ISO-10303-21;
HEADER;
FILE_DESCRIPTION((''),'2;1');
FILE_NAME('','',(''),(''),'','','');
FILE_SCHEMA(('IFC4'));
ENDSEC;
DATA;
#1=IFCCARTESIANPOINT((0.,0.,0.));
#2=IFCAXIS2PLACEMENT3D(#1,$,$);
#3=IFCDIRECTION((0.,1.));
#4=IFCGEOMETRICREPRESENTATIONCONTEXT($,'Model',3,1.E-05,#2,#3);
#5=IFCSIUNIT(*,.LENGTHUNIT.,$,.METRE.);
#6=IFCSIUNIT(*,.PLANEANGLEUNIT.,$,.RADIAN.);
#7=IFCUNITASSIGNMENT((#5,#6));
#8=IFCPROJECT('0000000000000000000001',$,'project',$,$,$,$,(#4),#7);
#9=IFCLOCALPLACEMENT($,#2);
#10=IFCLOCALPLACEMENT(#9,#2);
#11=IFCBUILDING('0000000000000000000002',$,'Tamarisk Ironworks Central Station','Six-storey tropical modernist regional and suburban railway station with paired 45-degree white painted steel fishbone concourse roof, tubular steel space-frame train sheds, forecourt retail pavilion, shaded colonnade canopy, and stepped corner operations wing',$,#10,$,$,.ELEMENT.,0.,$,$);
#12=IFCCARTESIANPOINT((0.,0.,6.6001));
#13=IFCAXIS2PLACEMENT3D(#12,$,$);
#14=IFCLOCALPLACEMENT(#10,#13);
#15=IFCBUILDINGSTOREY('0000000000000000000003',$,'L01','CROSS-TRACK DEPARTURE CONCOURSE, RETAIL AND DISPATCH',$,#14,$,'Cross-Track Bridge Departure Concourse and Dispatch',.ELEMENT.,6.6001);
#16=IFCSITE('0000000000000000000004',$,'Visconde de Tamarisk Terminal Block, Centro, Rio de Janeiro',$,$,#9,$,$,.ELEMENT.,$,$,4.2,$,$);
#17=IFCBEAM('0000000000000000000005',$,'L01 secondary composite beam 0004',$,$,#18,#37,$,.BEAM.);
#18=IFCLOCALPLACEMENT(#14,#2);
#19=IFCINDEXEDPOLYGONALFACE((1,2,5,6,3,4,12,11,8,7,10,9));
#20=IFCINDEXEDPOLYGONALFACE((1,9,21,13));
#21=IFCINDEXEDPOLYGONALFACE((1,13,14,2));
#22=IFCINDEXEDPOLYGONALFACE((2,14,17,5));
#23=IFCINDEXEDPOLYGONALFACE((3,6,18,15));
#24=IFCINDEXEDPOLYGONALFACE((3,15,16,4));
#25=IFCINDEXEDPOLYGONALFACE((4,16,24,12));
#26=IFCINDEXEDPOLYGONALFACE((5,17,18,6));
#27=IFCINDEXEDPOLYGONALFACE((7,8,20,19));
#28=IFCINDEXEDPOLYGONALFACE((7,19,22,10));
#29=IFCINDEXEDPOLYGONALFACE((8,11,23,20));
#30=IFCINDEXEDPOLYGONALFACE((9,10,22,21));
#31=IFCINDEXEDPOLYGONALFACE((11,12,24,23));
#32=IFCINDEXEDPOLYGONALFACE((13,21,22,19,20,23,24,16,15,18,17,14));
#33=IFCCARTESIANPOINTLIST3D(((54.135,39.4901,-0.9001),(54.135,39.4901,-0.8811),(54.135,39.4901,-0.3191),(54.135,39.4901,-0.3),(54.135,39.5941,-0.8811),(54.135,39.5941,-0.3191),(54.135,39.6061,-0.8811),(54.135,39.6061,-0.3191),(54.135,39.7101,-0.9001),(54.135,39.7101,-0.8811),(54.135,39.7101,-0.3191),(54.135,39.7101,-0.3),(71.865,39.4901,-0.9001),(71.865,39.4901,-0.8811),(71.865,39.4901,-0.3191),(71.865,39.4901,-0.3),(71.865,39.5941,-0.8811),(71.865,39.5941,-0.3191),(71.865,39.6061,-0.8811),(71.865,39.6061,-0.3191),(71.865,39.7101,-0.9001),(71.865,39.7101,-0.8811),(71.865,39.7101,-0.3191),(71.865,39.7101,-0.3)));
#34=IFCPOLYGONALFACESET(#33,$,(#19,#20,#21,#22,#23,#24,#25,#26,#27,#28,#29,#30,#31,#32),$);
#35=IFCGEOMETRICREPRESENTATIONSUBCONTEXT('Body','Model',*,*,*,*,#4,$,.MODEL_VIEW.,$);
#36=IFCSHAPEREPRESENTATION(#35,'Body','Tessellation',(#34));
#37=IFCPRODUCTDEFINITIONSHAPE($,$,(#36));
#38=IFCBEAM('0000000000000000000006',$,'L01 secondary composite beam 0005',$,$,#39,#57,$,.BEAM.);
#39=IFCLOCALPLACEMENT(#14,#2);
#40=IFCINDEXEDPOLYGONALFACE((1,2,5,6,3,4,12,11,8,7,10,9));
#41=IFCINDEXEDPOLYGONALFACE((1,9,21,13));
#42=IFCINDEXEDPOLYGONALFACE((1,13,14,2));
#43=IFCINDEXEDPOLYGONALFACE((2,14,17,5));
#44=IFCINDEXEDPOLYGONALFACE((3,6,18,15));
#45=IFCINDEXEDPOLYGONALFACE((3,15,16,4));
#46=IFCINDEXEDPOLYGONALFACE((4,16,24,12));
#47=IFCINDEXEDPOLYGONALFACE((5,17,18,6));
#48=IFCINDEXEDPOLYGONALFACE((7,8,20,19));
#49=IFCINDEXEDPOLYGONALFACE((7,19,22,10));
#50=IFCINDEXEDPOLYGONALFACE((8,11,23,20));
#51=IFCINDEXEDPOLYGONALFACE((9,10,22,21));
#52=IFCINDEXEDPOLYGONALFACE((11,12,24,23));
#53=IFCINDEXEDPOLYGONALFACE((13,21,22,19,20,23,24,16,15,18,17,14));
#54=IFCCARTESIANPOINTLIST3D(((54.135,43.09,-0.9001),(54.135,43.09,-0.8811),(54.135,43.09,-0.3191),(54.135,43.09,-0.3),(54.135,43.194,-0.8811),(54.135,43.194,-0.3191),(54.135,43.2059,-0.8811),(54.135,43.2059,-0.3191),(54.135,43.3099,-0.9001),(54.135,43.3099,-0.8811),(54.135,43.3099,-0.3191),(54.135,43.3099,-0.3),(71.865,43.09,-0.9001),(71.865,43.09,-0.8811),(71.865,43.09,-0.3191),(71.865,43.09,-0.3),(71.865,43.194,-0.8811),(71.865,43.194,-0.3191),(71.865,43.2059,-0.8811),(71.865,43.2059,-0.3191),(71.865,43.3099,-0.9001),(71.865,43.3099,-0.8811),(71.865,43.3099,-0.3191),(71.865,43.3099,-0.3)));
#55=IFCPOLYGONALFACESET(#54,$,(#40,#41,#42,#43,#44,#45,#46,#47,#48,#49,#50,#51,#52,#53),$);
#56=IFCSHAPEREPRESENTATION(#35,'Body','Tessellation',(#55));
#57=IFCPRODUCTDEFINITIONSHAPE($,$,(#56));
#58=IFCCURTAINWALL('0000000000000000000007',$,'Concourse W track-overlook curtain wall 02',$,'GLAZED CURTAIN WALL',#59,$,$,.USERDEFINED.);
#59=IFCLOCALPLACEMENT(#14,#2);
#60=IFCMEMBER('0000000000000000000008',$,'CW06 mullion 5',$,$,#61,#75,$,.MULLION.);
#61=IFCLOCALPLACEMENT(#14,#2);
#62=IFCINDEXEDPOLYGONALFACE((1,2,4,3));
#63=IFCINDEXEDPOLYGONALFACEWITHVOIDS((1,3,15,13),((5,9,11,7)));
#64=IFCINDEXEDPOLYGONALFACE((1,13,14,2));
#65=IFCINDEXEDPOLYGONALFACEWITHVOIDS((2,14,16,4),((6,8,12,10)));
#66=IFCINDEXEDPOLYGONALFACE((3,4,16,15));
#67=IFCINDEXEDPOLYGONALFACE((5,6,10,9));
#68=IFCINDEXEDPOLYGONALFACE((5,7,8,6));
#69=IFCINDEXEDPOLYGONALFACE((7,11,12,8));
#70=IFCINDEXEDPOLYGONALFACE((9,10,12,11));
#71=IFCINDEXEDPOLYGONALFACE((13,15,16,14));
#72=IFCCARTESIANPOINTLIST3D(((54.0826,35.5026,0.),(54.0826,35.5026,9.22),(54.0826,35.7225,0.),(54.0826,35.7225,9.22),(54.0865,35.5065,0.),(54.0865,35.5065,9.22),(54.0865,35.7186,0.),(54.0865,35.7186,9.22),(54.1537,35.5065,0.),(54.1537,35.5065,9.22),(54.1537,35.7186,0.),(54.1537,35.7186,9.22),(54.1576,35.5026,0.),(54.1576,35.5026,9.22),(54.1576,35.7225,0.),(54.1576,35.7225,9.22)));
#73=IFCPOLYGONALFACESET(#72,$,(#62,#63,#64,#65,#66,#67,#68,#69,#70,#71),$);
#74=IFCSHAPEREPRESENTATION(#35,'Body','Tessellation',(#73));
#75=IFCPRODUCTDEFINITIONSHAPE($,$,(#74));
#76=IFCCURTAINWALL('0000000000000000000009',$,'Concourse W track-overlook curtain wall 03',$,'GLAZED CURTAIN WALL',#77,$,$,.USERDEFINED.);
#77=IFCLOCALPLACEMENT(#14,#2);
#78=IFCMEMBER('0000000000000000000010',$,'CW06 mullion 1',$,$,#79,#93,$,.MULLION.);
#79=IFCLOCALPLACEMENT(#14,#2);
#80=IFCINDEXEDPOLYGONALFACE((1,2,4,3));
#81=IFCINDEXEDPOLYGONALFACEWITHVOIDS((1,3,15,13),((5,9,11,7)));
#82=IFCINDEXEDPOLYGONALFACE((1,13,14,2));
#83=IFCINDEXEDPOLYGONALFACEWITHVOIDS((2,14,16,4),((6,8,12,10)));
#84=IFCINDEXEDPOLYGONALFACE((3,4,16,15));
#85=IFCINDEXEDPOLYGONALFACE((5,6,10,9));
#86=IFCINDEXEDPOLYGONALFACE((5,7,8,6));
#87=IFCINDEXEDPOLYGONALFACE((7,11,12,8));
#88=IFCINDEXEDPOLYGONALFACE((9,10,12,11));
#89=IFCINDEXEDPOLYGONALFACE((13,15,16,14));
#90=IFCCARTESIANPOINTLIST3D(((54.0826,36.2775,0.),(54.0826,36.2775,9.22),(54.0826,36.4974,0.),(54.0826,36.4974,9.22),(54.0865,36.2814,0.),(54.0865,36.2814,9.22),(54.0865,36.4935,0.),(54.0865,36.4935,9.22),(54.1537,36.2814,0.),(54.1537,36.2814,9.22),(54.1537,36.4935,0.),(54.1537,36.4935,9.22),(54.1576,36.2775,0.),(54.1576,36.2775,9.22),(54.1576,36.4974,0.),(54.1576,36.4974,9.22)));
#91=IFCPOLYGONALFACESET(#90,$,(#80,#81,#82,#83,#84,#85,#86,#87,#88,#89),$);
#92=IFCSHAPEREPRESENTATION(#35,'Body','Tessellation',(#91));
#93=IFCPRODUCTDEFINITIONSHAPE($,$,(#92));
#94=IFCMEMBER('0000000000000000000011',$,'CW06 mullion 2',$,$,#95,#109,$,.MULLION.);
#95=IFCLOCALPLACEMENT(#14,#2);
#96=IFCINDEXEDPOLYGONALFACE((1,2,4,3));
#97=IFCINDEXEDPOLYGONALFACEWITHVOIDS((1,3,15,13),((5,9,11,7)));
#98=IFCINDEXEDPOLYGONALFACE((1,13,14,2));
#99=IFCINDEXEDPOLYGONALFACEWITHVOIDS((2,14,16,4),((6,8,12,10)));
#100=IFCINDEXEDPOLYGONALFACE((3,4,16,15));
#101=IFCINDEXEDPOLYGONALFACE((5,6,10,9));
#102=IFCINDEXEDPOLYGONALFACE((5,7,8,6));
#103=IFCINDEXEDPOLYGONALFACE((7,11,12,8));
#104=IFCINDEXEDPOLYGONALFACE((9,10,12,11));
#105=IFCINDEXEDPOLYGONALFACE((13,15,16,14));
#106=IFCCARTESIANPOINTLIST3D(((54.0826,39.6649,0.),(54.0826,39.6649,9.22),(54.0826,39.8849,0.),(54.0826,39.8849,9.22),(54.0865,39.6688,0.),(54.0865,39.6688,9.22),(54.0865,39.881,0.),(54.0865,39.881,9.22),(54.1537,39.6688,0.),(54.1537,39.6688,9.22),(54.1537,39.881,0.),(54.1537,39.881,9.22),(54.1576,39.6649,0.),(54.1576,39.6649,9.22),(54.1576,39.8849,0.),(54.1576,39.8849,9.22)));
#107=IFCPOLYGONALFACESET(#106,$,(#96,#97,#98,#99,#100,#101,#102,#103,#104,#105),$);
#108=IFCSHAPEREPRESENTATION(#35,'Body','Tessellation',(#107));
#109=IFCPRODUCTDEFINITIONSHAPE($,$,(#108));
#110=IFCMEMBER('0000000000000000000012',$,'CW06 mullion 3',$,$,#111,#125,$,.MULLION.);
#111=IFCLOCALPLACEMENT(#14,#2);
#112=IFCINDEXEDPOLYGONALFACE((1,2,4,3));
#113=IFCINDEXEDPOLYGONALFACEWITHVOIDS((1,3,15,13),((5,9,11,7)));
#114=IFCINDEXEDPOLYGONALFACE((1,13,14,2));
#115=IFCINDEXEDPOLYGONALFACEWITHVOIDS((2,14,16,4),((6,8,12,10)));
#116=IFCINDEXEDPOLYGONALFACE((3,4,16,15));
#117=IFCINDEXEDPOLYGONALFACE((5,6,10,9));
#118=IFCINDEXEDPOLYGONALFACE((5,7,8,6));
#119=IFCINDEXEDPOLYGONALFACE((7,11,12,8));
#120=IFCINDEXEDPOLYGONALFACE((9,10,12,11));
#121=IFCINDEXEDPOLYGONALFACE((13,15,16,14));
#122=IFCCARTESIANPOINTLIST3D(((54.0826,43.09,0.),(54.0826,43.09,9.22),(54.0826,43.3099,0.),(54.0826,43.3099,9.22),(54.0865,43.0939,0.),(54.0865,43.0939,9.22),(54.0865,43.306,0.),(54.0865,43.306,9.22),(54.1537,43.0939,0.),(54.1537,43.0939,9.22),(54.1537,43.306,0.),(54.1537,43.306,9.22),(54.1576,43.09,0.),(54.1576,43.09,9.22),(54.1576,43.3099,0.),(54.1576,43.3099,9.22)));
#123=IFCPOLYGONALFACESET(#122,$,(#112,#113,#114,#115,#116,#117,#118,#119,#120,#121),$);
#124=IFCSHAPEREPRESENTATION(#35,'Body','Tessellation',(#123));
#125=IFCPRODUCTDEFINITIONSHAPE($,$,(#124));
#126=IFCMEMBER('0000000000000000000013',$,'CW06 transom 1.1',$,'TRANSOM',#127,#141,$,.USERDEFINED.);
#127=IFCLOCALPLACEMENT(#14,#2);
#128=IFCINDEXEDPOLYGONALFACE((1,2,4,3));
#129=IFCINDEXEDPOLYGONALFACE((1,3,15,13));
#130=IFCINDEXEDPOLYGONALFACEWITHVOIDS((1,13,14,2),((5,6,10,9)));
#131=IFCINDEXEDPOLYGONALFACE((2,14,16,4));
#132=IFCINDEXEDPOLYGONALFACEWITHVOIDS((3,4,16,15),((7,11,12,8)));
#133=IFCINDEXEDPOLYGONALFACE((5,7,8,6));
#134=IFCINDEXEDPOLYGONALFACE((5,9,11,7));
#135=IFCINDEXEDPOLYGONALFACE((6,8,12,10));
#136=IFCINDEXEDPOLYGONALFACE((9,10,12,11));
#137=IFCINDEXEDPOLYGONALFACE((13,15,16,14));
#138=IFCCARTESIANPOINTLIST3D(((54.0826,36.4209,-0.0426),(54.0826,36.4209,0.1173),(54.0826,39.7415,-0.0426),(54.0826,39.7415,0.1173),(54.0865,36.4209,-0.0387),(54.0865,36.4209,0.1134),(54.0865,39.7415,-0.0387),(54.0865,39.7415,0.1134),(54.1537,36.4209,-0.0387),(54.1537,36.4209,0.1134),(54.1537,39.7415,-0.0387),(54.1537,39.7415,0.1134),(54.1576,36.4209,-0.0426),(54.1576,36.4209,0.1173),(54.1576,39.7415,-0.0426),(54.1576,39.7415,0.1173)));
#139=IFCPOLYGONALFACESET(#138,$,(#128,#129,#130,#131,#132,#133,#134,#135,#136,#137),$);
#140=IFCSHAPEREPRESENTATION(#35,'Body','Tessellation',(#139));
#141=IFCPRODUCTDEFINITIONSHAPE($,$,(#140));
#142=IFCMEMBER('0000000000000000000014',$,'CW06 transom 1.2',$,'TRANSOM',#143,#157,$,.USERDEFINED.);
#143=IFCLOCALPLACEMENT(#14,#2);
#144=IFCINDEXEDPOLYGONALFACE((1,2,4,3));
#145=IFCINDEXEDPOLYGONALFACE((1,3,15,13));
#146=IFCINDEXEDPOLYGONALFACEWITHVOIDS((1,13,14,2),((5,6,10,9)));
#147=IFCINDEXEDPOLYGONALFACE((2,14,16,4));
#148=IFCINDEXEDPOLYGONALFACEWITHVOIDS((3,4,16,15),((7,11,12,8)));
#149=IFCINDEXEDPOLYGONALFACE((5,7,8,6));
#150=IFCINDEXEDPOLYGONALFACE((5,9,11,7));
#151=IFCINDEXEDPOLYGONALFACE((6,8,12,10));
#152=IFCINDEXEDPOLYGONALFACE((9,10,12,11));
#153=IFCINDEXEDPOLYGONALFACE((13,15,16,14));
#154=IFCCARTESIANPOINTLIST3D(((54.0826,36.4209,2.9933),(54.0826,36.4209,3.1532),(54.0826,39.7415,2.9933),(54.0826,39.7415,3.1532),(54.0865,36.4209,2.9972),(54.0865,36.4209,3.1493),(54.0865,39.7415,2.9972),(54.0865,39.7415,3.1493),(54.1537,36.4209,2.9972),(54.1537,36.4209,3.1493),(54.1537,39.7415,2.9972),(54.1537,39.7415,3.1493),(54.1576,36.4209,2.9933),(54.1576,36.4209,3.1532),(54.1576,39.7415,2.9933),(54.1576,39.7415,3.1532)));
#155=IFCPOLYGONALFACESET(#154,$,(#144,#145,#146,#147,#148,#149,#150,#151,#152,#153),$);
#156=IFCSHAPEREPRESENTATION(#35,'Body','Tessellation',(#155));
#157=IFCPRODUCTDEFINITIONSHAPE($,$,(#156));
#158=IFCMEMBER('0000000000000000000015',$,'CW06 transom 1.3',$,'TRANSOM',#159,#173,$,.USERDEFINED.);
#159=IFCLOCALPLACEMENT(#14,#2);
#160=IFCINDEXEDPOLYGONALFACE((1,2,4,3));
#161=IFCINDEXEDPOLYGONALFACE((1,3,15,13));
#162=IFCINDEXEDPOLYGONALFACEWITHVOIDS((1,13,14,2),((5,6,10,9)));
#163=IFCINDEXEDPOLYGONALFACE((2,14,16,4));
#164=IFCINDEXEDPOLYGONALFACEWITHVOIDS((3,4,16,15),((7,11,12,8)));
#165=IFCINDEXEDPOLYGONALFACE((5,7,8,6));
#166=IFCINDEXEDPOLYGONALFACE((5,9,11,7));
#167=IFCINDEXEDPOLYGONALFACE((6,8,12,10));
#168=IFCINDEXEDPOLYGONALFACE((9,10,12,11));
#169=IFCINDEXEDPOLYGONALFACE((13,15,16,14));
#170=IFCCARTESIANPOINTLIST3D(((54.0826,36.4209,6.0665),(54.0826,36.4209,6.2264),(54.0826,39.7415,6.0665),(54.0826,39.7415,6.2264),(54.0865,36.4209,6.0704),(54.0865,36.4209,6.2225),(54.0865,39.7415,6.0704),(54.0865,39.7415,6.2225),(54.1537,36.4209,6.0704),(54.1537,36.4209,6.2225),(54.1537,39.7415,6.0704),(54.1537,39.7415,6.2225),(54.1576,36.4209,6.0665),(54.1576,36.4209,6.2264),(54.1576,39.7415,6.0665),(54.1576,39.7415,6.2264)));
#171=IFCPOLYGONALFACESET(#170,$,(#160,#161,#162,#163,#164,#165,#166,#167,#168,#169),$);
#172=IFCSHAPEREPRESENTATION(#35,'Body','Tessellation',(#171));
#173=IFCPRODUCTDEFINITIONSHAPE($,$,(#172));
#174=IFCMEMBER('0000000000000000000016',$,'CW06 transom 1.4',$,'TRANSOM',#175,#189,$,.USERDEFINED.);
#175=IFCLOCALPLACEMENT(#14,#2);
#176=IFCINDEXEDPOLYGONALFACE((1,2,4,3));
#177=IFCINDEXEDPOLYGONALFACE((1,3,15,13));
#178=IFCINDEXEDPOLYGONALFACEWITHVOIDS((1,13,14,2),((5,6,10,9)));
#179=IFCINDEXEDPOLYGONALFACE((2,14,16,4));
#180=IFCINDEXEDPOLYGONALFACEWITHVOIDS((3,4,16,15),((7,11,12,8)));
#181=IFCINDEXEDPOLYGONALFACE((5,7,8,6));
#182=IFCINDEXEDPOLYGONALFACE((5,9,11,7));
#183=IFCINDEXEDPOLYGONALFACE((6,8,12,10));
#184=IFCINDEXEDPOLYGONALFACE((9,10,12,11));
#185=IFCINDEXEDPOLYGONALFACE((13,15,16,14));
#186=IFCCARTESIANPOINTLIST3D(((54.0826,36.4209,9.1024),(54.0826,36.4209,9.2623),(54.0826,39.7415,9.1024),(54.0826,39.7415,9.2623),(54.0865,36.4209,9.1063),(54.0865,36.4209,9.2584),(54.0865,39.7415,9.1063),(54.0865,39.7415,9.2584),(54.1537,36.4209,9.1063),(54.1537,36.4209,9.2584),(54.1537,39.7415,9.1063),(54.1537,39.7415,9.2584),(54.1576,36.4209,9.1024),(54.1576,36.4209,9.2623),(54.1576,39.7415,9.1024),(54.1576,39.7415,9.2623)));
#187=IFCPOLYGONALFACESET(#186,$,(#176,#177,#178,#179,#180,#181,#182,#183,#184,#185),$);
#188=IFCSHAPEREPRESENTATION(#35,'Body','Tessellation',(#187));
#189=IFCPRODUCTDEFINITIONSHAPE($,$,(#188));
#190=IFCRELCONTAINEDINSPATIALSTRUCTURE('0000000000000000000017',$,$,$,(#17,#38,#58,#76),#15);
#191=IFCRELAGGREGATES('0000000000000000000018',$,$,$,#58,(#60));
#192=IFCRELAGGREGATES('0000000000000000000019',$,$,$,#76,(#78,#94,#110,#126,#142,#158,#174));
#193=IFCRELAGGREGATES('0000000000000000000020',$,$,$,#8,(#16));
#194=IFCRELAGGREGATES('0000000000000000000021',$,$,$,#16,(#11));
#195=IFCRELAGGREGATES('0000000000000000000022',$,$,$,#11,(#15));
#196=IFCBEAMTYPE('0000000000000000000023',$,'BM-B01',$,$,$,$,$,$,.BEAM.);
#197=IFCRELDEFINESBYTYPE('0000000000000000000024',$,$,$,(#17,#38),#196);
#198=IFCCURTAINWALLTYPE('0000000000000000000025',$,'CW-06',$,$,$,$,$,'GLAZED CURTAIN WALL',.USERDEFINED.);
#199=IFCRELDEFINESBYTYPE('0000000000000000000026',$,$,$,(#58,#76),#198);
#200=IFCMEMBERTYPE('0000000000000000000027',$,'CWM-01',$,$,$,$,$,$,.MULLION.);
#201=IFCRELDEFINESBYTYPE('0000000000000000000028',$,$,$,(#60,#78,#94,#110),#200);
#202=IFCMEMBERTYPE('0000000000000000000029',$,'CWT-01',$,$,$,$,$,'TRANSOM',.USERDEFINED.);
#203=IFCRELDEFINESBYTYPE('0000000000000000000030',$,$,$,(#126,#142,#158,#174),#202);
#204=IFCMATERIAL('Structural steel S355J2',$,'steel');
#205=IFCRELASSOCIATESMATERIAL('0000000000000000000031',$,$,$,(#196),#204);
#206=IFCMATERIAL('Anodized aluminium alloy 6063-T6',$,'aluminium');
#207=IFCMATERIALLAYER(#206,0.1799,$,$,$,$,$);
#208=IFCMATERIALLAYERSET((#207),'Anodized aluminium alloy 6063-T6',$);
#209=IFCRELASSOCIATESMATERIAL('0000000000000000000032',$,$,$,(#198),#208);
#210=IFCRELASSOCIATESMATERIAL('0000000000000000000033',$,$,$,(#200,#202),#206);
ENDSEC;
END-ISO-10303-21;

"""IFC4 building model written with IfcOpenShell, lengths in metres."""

from ifc_helpers import new_model, si_unit, direction, frame, origin, origin_2d, place, context, subcontext, project, spatial, hollow_rectangle, i_section, extrude, material, layer, layer_set, material_profile, profile_set, type_object, element, aggregate, save


model = new_model("IFC4")

# Units and contexts
model_context = context("Model", 3, precision=1e-05, world=origin(), true_north=direction((0.0, 1.0)))
body_context = subcontext(model_context, "Body", "Model", "MODEL_VIEW")
ifc_project = project(units=[si_unit("LENGTHUNIT", "METRE"), si_unit("PLANEANGLEUNIT", "RADIAN")], contexts=[model_context])

# Site, building, storey
site_placement = place(None, origin())
site = spatial("IfcSite", under=ifc_project, at=site_placement, Name="Visconde de Tamarisk Terminal Block, Centro, Rio de Janeiro", CompositionType="ELEMENT", RefElevation=4.2)
building_placement = place(site_placement, origin())
building = spatial("IfcBuilding", under=site, at=building_placement, Name="Tamarisk Ironworks Central Station", Description="Six-storey tropical modernist regional and suburban railway station with paired 45-degree white painted steel fishbone concourse roof, tubular steel space-frame train sheds, forecourt retail pavilion, shaded colonnade canopy, and stepped corner operations wing", CompositionType="ELEMENT", ElevationOfRefHeight=0.0)
storey_placement = place(building_placement, frame((0.0, 0.0, 6.6001)))
storey = spatial("IfcBuildingStorey", under=building, at=storey_placement, Name="L01", Description="CROSS-TRACK DEPARTURE CONCOURSE, RETAIL AND DISPATCH", LongName="Cross-Track Bridge Departure Concourse and Dispatch", CompositionType="ELEMENT", Elevation=6.6001)

# Beams
ifc_material_1 = material(Name="Structural steel S355J2", Category="steel")
ifc_material_profile_1 = material_profile(ifc_material_1, i_section(OverallWidth=0.22, OverallDepth=0.6001, WebThickness=0.012, FlangeThickness=0.019, at=origin_2d()), Name="IPE 600")
ifc_profile_set_1 = profile_set([ifc_material_profile_1], Name="Structural steel S355J2")
beam_type = type_object("IfcBeamType", Name="BM-B01", PredefinedType="BEAM", material=ifc_profile_set_1)
for number, where, z_axis, x_axis, name in (
    (1, (54.135, 39.6001, -0.6001), (1.0, 0.0, 0.0), (0.0, 1.0, 0.0), "L01 secondary composite beam 0004"),
    (2, (54.135, 43.2, -0.6001), (1.0, 0.0, 0.0), (0.0, 1.0, 0.0), "L01 secondary composite beam 0005"),
):
    element("IfcBeam", number, at=place(storey_placement, frame(where, z_axis=z_axis, x_axis=x_axis)), inside=storey, type_object=beam_type, Name=name, PredefinedType="BEAM", context=body_context, shape_type="SweptSolid", body=[
        extrude(i_section(OverallWidth=0.22, OverallDepth=0.6001, WebThickness=0.012, FlangeThickness=0.019, at=origin_2d()), origin(), (0.0, 0.0, 1.0), 17.73),
    ])

# Curtain wall, member
ifc_material_2 = material(Name="Anodized aluminium alloy 6063-T6", Category="aluminium")
ifc_layer_1 = layer(ifc_material_2, 0.1799)
ifc_layer_set_1 = layer_set([ifc_layer_1], Name="Anodized aluminium alloy 6063-T6")
curtain_wall_type = type_object("IfcCurtainWallType", Name="CW-06", ElementType="GLAZED CURTAIN WALL", PredefinedType="USERDEFINED", material=ifc_layer_set_1)
curtain_wall_1_placement = place(storey_placement, origin())
curtain_wall_1 = element("IfcCurtainWall", 3, at=curtain_wall_1_placement, inside=storey, type_object=curtain_wall_type, Name="Concourse W track-overlook curtain wall 02", ObjectType="GLAZED CURTAIN WALL", PredefinedType="USERDEFINED")
ifc_material_profile_2 = material_profile(ifc_material_2, hollow_rectangle(XDim=0.075, YDim=0.22, WallThickness=0.0039, at=origin_2d()), Name="ALUM 220x75")
ifc_profile_set_2 = profile_set([ifc_material_profile_2], Name="Anodized aluminium alloy 6063-T6")
member_type_1 = type_object("IfcMemberType", Name="CWM-01", PredefinedType="MULLION", material=ifc_profile_set_2)
member_1_placement = place(storey_placement, frame((54.1201, 35.6125, 0.0), z_axis=(0.0, 0.0, 1.0), x_axis=(-1.0, 0.0, 0.0)))
member_1 = element("IfcMember", 4, at=member_1_placement, type_object=member_type_1, Name="CW06 mullion 5", PredefinedType="MULLION", context=body_context, shape_type="SweptSolid", body=[
    extrude(hollow_rectangle(XDim=0.075, YDim=0.22, WallThickness=0.0039, at=origin_2d()), origin(), (0.0, 0.0, 1.0), 9.22),
])

# Curtain wall, members
curtain_wall_2_placement = place(storey_placement, origin())
curtain_wall_2 = element("IfcCurtainWall", 5, at=curtain_wall_2_placement, inside=storey, type_object=curtain_wall_type, Name="Concourse W track-overlook curtain wall 03", ObjectType="GLAZED CURTAIN WALL", PredefinedType="USERDEFINED")
member_2_placement = place(storey_placement, frame((54.1201, 36.3875, 0.0), z_axis=(0.0, 0.0, 1.0), x_axis=(-1.0, 0.0, 0.0)))
member_2 = element("IfcMember", 6, at=member_2_placement, type_object=member_type_1, Name="CW06 mullion 1", PredefinedType="MULLION", context=body_context, shape_type="SweptSolid", body=[
    extrude(hollow_rectangle(XDim=0.075, YDim=0.22, WallThickness=0.0039, at=origin_2d()), origin(), (0.0, 0.0, 1.0), 9.22),
])
member_3_placement = place(storey_placement, frame((54.1201, 39.7749, 0.0), z_axis=(0.0, 0.0, 1.0), x_axis=(-1.0, 0.0, 0.0)))
member_3 = element("IfcMember", 7, at=member_3_placement, type_object=member_type_1, Name="CW06 mullion 2", PredefinedType="MULLION", context=body_context, shape_type="SweptSolid", body=[
    extrude(hollow_rectangle(XDim=0.075, YDim=0.22, WallThickness=0.0039, at=origin_2d()), origin(), (0.0, 0.0, 1.0), 9.22),
])
member_4_placement = place(storey_placement, frame((54.1201, 43.2, 0.0), z_axis=(0.0, 0.0, 1.0), x_axis=(-1.0, 0.0, 0.0)))
member_4 = element("IfcMember", 8, at=member_4_placement, type_object=member_type_1, Name="CW06 mullion 3", PredefinedType="MULLION", context=body_context, shape_type="SweptSolid", body=[
    extrude(hollow_rectangle(XDim=0.075, YDim=0.22, WallThickness=0.0039, at=origin_2d()), origin(), (0.0, 0.0, 1.0), 9.22),
])
ifc_material_profile_3 = material_profile(ifc_material_2, hollow_rectangle(XDim=0.075, YDim=0.1599, WallThickness=0.0039, at=origin_2d()), Name="ALUM 160x75")
ifc_profile_set_3 = profile_set([ifc_material_profile_3], Name="Anodized aluminium alloy 6063-T6")
member_type_2 = type_object("IfcMemberType", Name="CWT-01", ElementType="TRANSOM", PredefinedType="USERDEFINED", material=ifc_profile_set_3)
member_5_placement = place(storey_placement, frame((54.1201, 36.4209, 0.0374), z_axis=(0.0, 1.0, 0.0), x_axis=(-1.0, 0.0, 0.0)))
member_5 = element("IfcMember", 9, at=member_5_placement, type_object=member_type_2, Name="CW06 transom 1.1", ObjectType="TRANSOM", PredefinedType="USERDEFINED", context=body_context, shape_type="SweptSolid", body=[
    extrude(hollow_rectangle(XDim=0.075, YDim=0.1599, WallThickness=0.0039, at=origin_2d()), origin(), (0.0, 0.0, 1.0), 3.3206),
])
member_6_placement = place(storey_placement, frame((54.1201, 36.4209, 3.0732), z_axis=(0.0, 1.0, 0.0), x_axis=(-1.0, 0.0, 0.0)))
member_6 = element("IfcMember", 10, at=member_6_placement, type_object=member_type_2, Name="CW06 transom 1.2", ObjectType="TRANSOM", PredefinedType="USERDEFINED", context=body_context, shape_type="SweptSolid", body=[
    extrude(hollow_rectangle(XDim=0.075, YDim=0.1599, WallThickness=0.0039, at=origin_2d()), origin(), (0.0, 0.0, 1.0), 3.3206),
])
member_7_placement = place(storey_placement, frame((54.1201, 36.4209, 6.1465), z_axis=(0.0, 1.0, 0.0), x_axis=(-1.0, 0.0, 0.0)))
member_7 = element("IfcMember", 11, at=member_7_placement, type_object=member_type_2, Name="CW06 transom 1.3", ObjectType="TRANSOM", PredefinedType="USERDEFINED", context=body_context, shape_type="SweptSolid", body=[
    extrude(hollow_rectangle(XDim=0.075, YDim=0.1599, WallThickness=0.0039, at=origin_2d()), origin(), (0.0, 0.0, 1.0), 3.3206),
])
member_8_placement = place(storey_placement, frame((54.1201, 36.4209, 9.1824), z_axis=(0.0, 1.0, 0.0), x_axis=(-1.0, 0.0, 0.0)))
member_8 = element("IfcMember", 12, at=member_8_placement, type_object=member_type_2, Name="CW06 transom 1.4", ObjectType="TRANSOM", PredefinedType="USERDEFINED", context=body_context, shape_type="SweptSolid", body=[
    extrude(hollow_rectangle(XDim=0.075, YDim=0.1599, WallThickness=0.0039, at=origin_2d()), origin(), (0.0, 0.0, 1.0), 3.3206),
])

aggregate(curtain_wall_1, [member_1])
aggregate(curtain_wall_2, [member_2, member_3, member_4, member_5, member_6, member_7, member_8])

save(model, "model.ifc")
